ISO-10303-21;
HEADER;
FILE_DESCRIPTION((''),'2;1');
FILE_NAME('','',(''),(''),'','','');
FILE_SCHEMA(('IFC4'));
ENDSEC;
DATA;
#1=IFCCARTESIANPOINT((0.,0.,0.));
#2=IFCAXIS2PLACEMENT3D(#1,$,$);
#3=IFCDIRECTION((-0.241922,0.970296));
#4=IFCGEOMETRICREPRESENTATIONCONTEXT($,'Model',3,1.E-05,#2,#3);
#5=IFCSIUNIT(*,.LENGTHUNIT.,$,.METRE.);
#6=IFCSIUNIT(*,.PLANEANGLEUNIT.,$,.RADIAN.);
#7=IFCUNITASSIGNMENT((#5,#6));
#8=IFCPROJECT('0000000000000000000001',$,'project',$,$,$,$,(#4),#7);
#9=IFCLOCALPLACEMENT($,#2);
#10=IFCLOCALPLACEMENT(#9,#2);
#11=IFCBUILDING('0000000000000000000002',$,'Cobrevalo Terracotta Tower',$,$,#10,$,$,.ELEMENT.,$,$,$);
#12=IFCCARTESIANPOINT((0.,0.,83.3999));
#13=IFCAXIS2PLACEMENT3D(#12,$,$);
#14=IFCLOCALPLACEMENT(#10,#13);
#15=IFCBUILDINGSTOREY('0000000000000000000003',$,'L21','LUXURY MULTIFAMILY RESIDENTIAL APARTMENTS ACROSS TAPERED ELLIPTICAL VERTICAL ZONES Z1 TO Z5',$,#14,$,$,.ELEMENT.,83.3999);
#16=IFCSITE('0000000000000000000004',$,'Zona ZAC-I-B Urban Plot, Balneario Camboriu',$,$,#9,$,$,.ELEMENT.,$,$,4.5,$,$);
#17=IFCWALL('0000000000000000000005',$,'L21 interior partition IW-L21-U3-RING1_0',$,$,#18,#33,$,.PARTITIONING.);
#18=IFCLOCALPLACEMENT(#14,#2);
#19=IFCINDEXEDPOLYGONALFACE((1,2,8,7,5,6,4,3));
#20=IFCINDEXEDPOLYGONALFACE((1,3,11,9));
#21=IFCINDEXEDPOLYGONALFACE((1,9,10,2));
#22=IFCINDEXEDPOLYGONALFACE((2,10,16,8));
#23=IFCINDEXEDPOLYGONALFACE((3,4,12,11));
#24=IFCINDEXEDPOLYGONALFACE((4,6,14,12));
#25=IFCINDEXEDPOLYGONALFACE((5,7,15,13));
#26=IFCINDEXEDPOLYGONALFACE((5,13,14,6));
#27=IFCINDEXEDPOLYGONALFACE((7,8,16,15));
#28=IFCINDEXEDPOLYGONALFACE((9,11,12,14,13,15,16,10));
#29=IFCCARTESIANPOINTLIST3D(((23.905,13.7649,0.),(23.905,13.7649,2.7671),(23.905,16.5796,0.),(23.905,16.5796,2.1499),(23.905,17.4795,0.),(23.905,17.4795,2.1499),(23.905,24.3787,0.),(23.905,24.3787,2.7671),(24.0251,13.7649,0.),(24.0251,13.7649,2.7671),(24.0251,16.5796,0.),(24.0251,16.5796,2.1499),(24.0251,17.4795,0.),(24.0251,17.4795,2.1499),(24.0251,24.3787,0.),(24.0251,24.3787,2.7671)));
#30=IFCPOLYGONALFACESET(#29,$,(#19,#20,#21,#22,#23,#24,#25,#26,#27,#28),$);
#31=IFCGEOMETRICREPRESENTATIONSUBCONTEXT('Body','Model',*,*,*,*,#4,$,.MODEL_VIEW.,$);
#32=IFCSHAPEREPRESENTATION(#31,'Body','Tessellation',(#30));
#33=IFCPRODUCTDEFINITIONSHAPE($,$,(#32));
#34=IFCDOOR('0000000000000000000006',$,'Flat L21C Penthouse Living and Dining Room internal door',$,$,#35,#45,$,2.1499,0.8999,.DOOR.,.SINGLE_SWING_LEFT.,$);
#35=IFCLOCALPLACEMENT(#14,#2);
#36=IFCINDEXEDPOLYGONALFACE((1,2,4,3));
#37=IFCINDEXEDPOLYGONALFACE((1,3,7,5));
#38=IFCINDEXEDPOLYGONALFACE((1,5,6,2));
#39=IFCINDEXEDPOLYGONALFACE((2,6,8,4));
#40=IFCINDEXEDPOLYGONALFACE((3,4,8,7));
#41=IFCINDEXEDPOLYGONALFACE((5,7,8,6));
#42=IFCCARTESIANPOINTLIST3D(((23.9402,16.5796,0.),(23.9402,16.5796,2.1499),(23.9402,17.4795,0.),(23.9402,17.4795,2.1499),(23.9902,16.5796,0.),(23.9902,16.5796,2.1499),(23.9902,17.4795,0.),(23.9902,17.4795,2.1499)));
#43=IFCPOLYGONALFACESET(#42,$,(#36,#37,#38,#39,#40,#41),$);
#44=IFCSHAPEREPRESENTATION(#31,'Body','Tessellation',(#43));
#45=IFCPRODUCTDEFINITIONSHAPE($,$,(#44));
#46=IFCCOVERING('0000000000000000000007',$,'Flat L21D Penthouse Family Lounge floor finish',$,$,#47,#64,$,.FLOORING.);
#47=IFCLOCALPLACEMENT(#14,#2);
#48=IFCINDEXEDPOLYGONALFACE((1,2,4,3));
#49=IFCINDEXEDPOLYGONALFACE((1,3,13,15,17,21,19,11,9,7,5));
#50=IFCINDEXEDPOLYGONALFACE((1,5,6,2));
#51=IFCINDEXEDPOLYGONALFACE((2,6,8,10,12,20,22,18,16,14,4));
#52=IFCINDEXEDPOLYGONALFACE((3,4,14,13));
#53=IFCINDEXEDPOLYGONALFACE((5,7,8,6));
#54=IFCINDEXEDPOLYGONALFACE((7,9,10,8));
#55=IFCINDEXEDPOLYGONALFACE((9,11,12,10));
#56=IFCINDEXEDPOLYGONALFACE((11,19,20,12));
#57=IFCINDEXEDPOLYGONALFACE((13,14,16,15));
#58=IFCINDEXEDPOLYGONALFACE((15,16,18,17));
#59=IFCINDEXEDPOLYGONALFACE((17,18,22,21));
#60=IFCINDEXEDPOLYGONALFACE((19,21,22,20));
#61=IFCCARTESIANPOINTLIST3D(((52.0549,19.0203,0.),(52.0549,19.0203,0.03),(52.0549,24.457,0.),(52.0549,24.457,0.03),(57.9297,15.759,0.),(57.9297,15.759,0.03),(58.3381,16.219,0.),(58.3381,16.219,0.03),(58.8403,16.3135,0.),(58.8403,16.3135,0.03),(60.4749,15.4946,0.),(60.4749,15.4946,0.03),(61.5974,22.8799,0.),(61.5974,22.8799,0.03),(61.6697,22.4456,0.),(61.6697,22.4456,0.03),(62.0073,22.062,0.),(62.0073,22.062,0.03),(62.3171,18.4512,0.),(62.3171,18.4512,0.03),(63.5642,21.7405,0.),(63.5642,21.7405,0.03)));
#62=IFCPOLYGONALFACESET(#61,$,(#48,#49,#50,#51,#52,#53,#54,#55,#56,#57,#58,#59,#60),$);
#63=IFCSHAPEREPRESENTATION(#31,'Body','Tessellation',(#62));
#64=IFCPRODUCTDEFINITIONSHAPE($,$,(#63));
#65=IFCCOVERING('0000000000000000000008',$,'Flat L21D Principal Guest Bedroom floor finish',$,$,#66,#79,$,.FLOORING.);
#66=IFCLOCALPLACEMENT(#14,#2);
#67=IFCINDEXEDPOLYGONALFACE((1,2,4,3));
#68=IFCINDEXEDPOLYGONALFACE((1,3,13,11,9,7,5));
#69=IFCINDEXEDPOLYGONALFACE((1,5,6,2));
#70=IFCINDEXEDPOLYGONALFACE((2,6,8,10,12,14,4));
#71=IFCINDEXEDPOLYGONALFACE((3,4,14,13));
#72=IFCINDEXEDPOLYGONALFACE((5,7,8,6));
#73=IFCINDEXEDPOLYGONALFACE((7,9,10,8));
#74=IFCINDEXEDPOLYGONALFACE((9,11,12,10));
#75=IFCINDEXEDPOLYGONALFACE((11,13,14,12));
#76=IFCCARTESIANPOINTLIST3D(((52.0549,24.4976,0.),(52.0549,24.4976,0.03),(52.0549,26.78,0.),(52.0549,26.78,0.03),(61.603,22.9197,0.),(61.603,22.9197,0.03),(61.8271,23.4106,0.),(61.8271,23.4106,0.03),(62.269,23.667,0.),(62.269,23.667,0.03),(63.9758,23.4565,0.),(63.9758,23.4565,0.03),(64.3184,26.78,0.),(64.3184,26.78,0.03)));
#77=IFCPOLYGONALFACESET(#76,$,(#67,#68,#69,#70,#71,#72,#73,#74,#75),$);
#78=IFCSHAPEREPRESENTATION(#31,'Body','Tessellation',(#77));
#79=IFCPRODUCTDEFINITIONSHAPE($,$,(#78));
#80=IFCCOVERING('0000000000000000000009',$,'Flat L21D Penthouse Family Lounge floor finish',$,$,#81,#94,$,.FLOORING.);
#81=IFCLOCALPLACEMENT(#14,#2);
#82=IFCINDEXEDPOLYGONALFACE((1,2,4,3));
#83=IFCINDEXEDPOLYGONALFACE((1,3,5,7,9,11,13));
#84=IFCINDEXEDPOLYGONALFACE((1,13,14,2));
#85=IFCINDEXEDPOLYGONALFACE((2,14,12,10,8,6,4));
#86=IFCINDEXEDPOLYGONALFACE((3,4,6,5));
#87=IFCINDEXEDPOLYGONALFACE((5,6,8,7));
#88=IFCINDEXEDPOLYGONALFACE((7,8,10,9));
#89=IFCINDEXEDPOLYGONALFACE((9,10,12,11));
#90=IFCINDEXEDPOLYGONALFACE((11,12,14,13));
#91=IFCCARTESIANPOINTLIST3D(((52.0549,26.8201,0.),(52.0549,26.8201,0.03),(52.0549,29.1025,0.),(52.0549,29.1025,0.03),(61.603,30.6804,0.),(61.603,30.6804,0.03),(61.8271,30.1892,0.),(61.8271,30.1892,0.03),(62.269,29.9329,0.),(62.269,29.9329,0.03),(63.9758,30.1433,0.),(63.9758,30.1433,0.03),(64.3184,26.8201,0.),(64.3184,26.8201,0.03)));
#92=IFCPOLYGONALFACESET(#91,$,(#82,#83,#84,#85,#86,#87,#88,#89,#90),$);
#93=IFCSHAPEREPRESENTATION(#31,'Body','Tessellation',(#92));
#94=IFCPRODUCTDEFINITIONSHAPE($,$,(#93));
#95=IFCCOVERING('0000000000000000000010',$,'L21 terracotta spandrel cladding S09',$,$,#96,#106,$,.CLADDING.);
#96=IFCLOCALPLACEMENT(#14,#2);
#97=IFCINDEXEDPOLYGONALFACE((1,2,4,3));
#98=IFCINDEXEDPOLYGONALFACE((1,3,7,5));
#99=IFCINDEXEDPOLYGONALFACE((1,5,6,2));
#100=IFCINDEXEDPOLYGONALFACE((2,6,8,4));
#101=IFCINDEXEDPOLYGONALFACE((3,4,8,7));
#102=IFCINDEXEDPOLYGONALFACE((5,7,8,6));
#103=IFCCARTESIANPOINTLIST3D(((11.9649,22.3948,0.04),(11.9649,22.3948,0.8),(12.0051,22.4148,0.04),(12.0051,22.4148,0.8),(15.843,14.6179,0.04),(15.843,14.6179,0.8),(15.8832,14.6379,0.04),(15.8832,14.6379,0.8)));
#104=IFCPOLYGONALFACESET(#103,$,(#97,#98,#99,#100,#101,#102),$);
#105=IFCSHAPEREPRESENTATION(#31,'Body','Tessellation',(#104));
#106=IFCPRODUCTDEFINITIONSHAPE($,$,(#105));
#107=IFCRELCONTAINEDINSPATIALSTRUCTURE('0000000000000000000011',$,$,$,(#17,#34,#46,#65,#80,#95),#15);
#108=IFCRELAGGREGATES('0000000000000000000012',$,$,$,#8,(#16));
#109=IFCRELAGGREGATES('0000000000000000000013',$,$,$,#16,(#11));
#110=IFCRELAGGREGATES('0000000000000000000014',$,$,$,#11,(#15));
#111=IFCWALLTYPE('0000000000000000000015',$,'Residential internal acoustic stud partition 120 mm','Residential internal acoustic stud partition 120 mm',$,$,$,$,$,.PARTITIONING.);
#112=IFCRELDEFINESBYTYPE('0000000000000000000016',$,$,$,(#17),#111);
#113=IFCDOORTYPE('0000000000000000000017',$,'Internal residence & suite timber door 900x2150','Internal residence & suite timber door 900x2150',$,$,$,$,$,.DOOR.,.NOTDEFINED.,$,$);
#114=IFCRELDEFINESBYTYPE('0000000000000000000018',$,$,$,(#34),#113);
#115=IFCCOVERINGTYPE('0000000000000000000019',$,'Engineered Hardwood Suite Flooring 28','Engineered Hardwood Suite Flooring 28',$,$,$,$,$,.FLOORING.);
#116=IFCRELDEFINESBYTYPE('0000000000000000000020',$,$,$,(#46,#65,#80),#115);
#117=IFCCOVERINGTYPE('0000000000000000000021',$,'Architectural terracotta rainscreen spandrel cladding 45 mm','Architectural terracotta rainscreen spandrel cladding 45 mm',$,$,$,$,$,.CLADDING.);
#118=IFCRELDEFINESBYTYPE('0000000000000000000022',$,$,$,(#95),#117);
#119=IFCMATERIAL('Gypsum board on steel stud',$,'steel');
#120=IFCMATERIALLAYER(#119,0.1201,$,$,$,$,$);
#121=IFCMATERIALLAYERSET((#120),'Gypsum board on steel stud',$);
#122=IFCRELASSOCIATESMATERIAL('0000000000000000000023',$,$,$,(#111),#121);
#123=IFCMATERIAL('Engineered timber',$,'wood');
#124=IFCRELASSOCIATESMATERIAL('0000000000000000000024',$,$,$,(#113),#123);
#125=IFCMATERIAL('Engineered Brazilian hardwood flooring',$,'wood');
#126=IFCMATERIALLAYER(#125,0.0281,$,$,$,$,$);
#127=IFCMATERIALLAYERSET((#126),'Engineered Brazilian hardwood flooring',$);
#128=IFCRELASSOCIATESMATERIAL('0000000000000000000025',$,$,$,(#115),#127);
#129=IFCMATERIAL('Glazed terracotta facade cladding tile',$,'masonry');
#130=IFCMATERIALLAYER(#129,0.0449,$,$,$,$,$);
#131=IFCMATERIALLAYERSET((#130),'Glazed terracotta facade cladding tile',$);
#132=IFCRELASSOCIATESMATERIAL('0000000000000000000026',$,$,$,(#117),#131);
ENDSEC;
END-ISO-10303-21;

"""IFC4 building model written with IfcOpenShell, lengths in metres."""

from ifc_helpers import new_model, si_unit, direction, frame, frame_2d, origin, origin_2d, place, context, subcontext, project, spatial, polyline, rectangle, outline, extrude, source, transform, mapped, material, layer, layer_set, type_object, element, fill, save


model = new_model("IFC4")

# Units and contexts
model_context = context("Model", 3, precision=1e-05, world=origin(), true_north=direction((-0.241922, 0.970296)))
body_context = subcontext(model_context, "Body", "Model", "MODEL_VIEW")
ifc_project = project(units=[si_unit("LENGTHUNIT", "METRE"), si_unit("PLANEANGLEUNIT", "RADIAN")], contexts=[model_context])

# Site, building, storey
site_placement = place(None, origin())
site = spatial("IfcSite", under=ifc_project, at=site_placement, Name="Zona ZAC-I-B Urban Plot, Balneario Camboriu", CompositionType="ELEMENT", RefElevation=4.5)
building_placement = place(site_placement, origin())
building = spatial("IfcBuilding", under=site, at=building_placement, Name="Cobrevalo Terracotta Tower", CompositionType="ELEMENT")
storey_placement = place(building_placement, frame((0.0, 0.0, 83.3999)))
storey = spatial("IfcBuildingStorey", under=building, at=storey_placement, Name="L21", Description="LUXURY MULTIFAMILY RESIDENTIAL APARTMENTS ACROSS TAPERED ELLIPTICAL VERTICAL ZONES Z1 TO Z5", CompositionType="ELEMENT", Elevation=83.3999)

# Wall, opening, door
ifc_material_1 = material(Name="Gypsum board on steel stud", Category="steel")
ifc_layer_1 = layer(ifc_material_1, 0.1201)
ifc_layer_set_1 = layer_set([ifc_layer_1], Name="Gypsum board on steel stud")
wall_type_1 = type_object("IfcWallType", Name="Residential internal acoustic stud partition 120 mm", Description="Residential internal acoustic stud partition 120 mm", PredefinedType="PARTITIONING", material=ifc_layer_set_1)
wall_1_placement = place(storey_placement, frame((23.9651, 13.7649, 0.0), z_axis=(0.0, 0.0, 1.0), x_axis=(0.0, 1.0, 0.0)))
wall_1 = element("IfcWall", 1, at=wall_1_placement, inside=storey, type_object=wall_type_1, Name="L21 interior partition IW-L21-U3-RING1_0", PredefinedType="PARTITIONING", context=body_context, shape_type="SweptSolid", body=[
    extrude(rectangle(XDim=10.6138, YDim=0.1201, at=frame_2d((5.3069, 0.0))), origin(), (0.0, 0.0, 1.0), 2.7671),
])
opening_1_placement = place(wall_1_placement, frame((2.8147, 0.0, 0.0)))
opening_1 = element("IfcOpeningElement", 2, at=opening_1_placement, cuts=wall_1, PredefinedType="OPENING", context=body_context, shape_type="SweptSolid", body=[
    extrude(rectangle(XDim=0.8999, YDim=2.1499, at=frame_2d((0.45, 1.075))), frame((0.0, 0.0701, 0.0), z_axis=(0.0, -1.0, 0.0), x_axis=(1.0, 0.0, 0.0)), (0.0, 0.0, 1.0), 0.1401),
])
ifc_material_2 = material(Name="Engineered timber", Category="wood")
door_type_1 = type_object("IfcDoorType", Name="Internal residence & suite timber door 900x2150", Description="Internal residence & suite timber door 900x2150", OperationType="NOTDEFINED", PredefinedType="DOOR", material=ifc_material_2)
shared_shape_1 = source(origin(), body_context, "Body", "SweptSolid", [
    extrude(rectangle(XDim=0.8999, YDim=2.1499, at=frame_2d((0.45, 1.075))), frame((0.0, 0.0249, 0.0), z_axis=(0.0, -1.0, 0.0), x_axis=(1.0, 0.0, 0.0)), (0.0, 0.0, 1.0), 0.05),
])
door_1_placement = place(opening_1_placement, origin())
door_1 = element("IfcDoor", 3, at=door_1_placement, inside=storey, type_object=door_type_1, Name="Flat L21C Penthouse Living and Dining Room internal door", OperationType="SINGLE_SWING_LEFT", OverallHeight=2.1499, OverallWidth=0.8999, PredefinedType="DOOR", context=body_context, shape_type="MappedRepresentation", body=[
    mapped(shared_shape_1, transform((0.0, 0.0, 0.0), scale=1.0)),
])
fill(opening_1, door_1)

# Coverings
ifc_material_3 = material(Name="Engineered Brazilian hardwood flooring", Category="wood")
ifc_layer_2 = layer(ifc_material_3, 0.0281)
ifc_layer_set_2 = layer_set([ifc_layer_2], Name="Engineered Brazilian hardwood flooring")
covering_type_1 = type_object("IfcCoveringType", Name="Engineered Hardwood Suite Flooring 28", Description="Engineered Hardwood Suite Flooring 28", PredefinedType="FLOORING", material=ifc_layer_set_2)
covering_1_placement = place(storey_placement, origin())
element("IfcCovering", 4, at=covering_1_placement, inside=storey, type_object=covering_type_1, Name="Flat L21D Penthouse Family Lounge floor finish", PredefinedType="FLOORING", context=body_context, shape_type="SweptSolid", body=[
    extrude(outline(polyline([(60.4749, 15.4946), (58.8403, 16.3135), (58.3381, 16.219), (57.9297, 15.759), (52.0549, 19.0203), (52.0549, 24.457), (61.5974, 22.8799), (61.6697, 22.4456), (62.0073, 22.062), (63.5642, 21.7405), (62.3171, 18.4512), (60.4749, 15.4946)])), origin(), (0.0, 0.0, 1.0), 0.03),
])
covering_2_placement = place(storey_placement, origin())
element("IfcCovering", 5, at=covering_2_placement, inside=storey, type_object=covering_type_1, Name="Flat L21D Principal Guest Bedroom floor finish", PredefinedType="FLOORING", context=body_context, shape_type="SweptSolid", body=[
    extrude(outline(polyline([(64.3184, 26.78), (63.9758, 23.4565), (62.269, 23.667), (61.8271, 23.4106), (61.603, 22.9197), (52.0549, 24.4976), (52.0549, 26.78), (64.3184, 26.78)])), origin(), (0.0, 0.0, 1.0), 0.03),
])
covering_3_placement = place(storey_placement, origin())
element("IfcCovering", 6, at=covering_3_placement, inside=storey, type_object=covering_type_1, Name="Flat L21D Penthouse Family Lounge floor finish", PredefinedType="FLOORING", context=body_context, shape_type="SweptSolid", body=[
    extrude(outline(polyline([(61.603, 30.6804), (61.8271, 30.1892), (62.269, 29.9329), (63.9758, 30.1433), (64.3184, 26.8201), (52.0549, 26.8201), (52.0549, 29.1025), (61.603, 30.6804)])), origin(), (0.0, 0.0, 1.0), 0.03),
])
ifc_material_4 = material(Name="Glazed terracotta facade cladding tile", Category="masonry")
ifc_layer_3 = layer(ifc_material_4, 0.0449)
ifc_layer_set_3 = layer_set([ifc_layer_3], Name="Glazed terracotta facade cladding tile")
covering_type_2 = type_object("IfcCoveringType", Name="Architectural terracotta rainscreen spandrel cladding 45 mm", Description="Architectural terracotta rainscreen spandrel cladding 45 mm", PredefinedType="CLADDING", material=ifc_layer_set_3)
shared_shape_2 = source(origin(), body_context, "Body", "SweptSolid", [
    extrude(rectangle(XDim=8.6902, YDim=0.0449, at=origin_2d()), origin(), (0.0, 0.0, 1.0), 0.76),
])
covering_4_placement = place(storey_placement, frame((13.9241, 18.5164, 0.04), z_axis=(0.0, 0.0, 1.0), x_axis=(0.446262, -0.894902, 0.0)))
element("IfcCovering", 7, at=covering_4_placement, inside=storey, type_object=covering_type_2, Name="L21 terracotta spandrel cladding S09", PredefinedType="CLADDING", context=body_context, shape_type="MappedRepresentation", body=[
    mapped(shared_shape_2, transform((0.0, 0.0, 0.0), scale=1.0)),
])

save(model, "model.ifc")
